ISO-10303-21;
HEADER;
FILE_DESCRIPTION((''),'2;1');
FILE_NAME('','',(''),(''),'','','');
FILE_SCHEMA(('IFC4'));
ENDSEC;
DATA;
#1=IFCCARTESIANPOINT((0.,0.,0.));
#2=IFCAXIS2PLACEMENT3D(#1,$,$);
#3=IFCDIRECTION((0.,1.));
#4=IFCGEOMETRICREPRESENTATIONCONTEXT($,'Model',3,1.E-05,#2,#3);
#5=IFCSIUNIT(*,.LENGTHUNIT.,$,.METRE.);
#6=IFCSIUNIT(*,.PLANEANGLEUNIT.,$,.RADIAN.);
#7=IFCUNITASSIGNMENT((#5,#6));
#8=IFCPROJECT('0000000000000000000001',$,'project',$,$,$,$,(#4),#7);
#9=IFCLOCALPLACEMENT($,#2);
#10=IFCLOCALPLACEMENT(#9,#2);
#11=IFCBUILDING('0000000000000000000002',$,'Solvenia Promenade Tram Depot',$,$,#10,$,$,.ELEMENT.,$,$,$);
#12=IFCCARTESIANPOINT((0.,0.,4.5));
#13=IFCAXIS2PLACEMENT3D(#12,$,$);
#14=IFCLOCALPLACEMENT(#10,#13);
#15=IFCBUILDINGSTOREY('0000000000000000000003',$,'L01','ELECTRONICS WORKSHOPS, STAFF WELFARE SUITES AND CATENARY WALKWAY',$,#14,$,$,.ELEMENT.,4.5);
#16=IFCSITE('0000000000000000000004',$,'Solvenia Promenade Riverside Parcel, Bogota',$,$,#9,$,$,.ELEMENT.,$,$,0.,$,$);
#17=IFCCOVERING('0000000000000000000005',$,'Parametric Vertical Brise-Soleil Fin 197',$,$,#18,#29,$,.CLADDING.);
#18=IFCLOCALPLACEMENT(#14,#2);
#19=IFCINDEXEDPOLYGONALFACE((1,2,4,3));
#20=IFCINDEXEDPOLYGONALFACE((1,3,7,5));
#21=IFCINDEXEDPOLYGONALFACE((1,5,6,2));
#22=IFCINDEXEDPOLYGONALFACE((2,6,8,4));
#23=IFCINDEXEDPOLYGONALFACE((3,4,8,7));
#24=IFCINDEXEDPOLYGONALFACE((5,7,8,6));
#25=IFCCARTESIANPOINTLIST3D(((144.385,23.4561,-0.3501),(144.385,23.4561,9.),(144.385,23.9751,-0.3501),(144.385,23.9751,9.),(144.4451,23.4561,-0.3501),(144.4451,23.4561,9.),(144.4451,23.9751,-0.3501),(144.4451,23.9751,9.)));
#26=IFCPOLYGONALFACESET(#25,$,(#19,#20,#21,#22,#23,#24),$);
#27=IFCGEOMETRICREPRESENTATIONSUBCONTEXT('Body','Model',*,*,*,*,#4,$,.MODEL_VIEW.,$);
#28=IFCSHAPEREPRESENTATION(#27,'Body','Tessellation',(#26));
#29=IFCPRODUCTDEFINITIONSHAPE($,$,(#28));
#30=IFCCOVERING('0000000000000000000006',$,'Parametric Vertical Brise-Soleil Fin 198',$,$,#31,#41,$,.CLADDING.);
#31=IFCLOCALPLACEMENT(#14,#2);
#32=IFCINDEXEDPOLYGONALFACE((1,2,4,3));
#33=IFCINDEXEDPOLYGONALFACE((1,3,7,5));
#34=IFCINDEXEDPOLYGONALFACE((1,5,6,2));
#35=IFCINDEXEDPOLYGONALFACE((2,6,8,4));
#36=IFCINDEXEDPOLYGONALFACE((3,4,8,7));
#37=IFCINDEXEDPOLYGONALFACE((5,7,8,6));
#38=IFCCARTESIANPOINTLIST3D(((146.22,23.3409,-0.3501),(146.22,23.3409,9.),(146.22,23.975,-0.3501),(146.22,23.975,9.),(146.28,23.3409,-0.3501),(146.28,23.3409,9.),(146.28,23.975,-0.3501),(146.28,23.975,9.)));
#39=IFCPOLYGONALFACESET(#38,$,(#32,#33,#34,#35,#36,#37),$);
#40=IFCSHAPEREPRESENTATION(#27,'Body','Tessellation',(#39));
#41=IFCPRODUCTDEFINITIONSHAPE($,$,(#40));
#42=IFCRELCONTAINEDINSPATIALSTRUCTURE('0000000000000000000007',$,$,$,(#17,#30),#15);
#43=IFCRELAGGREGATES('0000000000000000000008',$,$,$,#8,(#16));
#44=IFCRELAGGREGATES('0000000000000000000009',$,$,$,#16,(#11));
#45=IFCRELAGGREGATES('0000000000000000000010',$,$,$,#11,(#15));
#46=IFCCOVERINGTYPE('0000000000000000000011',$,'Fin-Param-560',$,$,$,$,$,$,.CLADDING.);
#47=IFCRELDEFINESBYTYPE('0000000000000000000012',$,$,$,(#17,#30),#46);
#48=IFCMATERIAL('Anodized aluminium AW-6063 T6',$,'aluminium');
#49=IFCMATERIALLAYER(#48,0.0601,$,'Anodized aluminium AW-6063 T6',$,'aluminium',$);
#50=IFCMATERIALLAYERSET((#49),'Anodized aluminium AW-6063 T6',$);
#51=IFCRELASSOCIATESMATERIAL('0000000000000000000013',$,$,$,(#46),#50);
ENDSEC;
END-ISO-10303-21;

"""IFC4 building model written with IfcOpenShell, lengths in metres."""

from ifc_helpers import new_model, si_unit, direction, frame, origin, origin_2d, place, context, subcontext, project, spatial, rectangle, extrude, material, layer, layer_set, type_object, element, save


model = new_model("IFC4")

# Units and contexts
model_context = context("Model", 3, precision=1e-05, world=origin(), true_north=direction((0.0, 1.0)))
body_context = subcontext(model_context, "Body", "Model", "MODEL_VIEW")
ifc_project = project(units=[si_unit("LENGTHUNIT", "METRE"), si_unit("PLANEANGLEUNIT", "RADIAN")], contexts=[model_context])

# Site, building, storey
site_placement = place(None, origin())
site = spatial("IfcSite", under=ifc_project, at=site_placement, Name="Solvenia Promenade Riverside Parcel, Bogota", CompositionType="ELEMENT", RefElevation=0.0)
building_placement = place(site_placement, origin())
building = spatial("IfcBuilding", under=site, at=building_placement, Name="Solvenia Promenade Tram Depot", CompositionType="ELEMENT")
storey_placement = place(building_placement, frame((0.0, 0.0, 4.5)))
storey = spatial("IfcBuildingStorey", under=building, at=storey_placement, Name="L01", Description="ELECTRONICS WORKSHOPS, STAFF WELFARE SUITES AND CATENARY WALKWAY", CompositionType="ELEMENT", Elevation=4.5)

# Shared definitions
ifc_material_1 = material(Name="Anodized aluminium AW-6063 T6", Category="aluminium")

# Coverings
ifc_layer_1 = layer(ifc_material_1, 0.0601, Name="Anodized aluminium AW-6063 T6", Category="aluminium")
ifc_layer_set_1 = layer_set([ifc_layer_1], Name="Anodized aluminium AW-6063 T6")
covering_type = type_object("IfcCoveringType", Name="Fin-Param-560", PredefinedType="CLADDING", material=ifc_layer_set_1)
covering_1_placement = place(storey_placement, frame((144.415, 23.7156, -0.3501), z_axis=(0.0, 0.0, 1.0), x_axis=(1.0, 0.0, 0.0)))
element("IfcCovering", 1, at=covering_1_placement, inside=storey, type_object=covering_type, Name="Parametric Vertical Brise-Soleil Fin 197", PredefinedType="CLADDING", context=body_context, shape_type="SweptSolid", body=[
    extrude(rectangle(XDim=0.0601, YDim=0.519, at=origin_2d()), origin(), (0.0, 0.0, 1.0), 9.3501),
])
covering_2_placement = place(storey_placement, frame((146.25, 23.658, -0.3501), z_axis=(0.0, 0.0, 1.0), x_axis=(1.0, 0.0, 0.0)))
element("IfcCovering", 2, at=covering_2_placement, inside=storey, type_object=covering_type, Name="Parametric Vertical Brise-Soleil Fin 198", PredefinedType="CLADDING", context=body_context, shape_type="SweptSolid", body=[
    extrude(rectangle(XDim=0.0601, YDim=0.634, at=origin_2d()), origin(), (0.0, 0.0, 1.0), 9.3501),
])

save(model, "model.ifc")
